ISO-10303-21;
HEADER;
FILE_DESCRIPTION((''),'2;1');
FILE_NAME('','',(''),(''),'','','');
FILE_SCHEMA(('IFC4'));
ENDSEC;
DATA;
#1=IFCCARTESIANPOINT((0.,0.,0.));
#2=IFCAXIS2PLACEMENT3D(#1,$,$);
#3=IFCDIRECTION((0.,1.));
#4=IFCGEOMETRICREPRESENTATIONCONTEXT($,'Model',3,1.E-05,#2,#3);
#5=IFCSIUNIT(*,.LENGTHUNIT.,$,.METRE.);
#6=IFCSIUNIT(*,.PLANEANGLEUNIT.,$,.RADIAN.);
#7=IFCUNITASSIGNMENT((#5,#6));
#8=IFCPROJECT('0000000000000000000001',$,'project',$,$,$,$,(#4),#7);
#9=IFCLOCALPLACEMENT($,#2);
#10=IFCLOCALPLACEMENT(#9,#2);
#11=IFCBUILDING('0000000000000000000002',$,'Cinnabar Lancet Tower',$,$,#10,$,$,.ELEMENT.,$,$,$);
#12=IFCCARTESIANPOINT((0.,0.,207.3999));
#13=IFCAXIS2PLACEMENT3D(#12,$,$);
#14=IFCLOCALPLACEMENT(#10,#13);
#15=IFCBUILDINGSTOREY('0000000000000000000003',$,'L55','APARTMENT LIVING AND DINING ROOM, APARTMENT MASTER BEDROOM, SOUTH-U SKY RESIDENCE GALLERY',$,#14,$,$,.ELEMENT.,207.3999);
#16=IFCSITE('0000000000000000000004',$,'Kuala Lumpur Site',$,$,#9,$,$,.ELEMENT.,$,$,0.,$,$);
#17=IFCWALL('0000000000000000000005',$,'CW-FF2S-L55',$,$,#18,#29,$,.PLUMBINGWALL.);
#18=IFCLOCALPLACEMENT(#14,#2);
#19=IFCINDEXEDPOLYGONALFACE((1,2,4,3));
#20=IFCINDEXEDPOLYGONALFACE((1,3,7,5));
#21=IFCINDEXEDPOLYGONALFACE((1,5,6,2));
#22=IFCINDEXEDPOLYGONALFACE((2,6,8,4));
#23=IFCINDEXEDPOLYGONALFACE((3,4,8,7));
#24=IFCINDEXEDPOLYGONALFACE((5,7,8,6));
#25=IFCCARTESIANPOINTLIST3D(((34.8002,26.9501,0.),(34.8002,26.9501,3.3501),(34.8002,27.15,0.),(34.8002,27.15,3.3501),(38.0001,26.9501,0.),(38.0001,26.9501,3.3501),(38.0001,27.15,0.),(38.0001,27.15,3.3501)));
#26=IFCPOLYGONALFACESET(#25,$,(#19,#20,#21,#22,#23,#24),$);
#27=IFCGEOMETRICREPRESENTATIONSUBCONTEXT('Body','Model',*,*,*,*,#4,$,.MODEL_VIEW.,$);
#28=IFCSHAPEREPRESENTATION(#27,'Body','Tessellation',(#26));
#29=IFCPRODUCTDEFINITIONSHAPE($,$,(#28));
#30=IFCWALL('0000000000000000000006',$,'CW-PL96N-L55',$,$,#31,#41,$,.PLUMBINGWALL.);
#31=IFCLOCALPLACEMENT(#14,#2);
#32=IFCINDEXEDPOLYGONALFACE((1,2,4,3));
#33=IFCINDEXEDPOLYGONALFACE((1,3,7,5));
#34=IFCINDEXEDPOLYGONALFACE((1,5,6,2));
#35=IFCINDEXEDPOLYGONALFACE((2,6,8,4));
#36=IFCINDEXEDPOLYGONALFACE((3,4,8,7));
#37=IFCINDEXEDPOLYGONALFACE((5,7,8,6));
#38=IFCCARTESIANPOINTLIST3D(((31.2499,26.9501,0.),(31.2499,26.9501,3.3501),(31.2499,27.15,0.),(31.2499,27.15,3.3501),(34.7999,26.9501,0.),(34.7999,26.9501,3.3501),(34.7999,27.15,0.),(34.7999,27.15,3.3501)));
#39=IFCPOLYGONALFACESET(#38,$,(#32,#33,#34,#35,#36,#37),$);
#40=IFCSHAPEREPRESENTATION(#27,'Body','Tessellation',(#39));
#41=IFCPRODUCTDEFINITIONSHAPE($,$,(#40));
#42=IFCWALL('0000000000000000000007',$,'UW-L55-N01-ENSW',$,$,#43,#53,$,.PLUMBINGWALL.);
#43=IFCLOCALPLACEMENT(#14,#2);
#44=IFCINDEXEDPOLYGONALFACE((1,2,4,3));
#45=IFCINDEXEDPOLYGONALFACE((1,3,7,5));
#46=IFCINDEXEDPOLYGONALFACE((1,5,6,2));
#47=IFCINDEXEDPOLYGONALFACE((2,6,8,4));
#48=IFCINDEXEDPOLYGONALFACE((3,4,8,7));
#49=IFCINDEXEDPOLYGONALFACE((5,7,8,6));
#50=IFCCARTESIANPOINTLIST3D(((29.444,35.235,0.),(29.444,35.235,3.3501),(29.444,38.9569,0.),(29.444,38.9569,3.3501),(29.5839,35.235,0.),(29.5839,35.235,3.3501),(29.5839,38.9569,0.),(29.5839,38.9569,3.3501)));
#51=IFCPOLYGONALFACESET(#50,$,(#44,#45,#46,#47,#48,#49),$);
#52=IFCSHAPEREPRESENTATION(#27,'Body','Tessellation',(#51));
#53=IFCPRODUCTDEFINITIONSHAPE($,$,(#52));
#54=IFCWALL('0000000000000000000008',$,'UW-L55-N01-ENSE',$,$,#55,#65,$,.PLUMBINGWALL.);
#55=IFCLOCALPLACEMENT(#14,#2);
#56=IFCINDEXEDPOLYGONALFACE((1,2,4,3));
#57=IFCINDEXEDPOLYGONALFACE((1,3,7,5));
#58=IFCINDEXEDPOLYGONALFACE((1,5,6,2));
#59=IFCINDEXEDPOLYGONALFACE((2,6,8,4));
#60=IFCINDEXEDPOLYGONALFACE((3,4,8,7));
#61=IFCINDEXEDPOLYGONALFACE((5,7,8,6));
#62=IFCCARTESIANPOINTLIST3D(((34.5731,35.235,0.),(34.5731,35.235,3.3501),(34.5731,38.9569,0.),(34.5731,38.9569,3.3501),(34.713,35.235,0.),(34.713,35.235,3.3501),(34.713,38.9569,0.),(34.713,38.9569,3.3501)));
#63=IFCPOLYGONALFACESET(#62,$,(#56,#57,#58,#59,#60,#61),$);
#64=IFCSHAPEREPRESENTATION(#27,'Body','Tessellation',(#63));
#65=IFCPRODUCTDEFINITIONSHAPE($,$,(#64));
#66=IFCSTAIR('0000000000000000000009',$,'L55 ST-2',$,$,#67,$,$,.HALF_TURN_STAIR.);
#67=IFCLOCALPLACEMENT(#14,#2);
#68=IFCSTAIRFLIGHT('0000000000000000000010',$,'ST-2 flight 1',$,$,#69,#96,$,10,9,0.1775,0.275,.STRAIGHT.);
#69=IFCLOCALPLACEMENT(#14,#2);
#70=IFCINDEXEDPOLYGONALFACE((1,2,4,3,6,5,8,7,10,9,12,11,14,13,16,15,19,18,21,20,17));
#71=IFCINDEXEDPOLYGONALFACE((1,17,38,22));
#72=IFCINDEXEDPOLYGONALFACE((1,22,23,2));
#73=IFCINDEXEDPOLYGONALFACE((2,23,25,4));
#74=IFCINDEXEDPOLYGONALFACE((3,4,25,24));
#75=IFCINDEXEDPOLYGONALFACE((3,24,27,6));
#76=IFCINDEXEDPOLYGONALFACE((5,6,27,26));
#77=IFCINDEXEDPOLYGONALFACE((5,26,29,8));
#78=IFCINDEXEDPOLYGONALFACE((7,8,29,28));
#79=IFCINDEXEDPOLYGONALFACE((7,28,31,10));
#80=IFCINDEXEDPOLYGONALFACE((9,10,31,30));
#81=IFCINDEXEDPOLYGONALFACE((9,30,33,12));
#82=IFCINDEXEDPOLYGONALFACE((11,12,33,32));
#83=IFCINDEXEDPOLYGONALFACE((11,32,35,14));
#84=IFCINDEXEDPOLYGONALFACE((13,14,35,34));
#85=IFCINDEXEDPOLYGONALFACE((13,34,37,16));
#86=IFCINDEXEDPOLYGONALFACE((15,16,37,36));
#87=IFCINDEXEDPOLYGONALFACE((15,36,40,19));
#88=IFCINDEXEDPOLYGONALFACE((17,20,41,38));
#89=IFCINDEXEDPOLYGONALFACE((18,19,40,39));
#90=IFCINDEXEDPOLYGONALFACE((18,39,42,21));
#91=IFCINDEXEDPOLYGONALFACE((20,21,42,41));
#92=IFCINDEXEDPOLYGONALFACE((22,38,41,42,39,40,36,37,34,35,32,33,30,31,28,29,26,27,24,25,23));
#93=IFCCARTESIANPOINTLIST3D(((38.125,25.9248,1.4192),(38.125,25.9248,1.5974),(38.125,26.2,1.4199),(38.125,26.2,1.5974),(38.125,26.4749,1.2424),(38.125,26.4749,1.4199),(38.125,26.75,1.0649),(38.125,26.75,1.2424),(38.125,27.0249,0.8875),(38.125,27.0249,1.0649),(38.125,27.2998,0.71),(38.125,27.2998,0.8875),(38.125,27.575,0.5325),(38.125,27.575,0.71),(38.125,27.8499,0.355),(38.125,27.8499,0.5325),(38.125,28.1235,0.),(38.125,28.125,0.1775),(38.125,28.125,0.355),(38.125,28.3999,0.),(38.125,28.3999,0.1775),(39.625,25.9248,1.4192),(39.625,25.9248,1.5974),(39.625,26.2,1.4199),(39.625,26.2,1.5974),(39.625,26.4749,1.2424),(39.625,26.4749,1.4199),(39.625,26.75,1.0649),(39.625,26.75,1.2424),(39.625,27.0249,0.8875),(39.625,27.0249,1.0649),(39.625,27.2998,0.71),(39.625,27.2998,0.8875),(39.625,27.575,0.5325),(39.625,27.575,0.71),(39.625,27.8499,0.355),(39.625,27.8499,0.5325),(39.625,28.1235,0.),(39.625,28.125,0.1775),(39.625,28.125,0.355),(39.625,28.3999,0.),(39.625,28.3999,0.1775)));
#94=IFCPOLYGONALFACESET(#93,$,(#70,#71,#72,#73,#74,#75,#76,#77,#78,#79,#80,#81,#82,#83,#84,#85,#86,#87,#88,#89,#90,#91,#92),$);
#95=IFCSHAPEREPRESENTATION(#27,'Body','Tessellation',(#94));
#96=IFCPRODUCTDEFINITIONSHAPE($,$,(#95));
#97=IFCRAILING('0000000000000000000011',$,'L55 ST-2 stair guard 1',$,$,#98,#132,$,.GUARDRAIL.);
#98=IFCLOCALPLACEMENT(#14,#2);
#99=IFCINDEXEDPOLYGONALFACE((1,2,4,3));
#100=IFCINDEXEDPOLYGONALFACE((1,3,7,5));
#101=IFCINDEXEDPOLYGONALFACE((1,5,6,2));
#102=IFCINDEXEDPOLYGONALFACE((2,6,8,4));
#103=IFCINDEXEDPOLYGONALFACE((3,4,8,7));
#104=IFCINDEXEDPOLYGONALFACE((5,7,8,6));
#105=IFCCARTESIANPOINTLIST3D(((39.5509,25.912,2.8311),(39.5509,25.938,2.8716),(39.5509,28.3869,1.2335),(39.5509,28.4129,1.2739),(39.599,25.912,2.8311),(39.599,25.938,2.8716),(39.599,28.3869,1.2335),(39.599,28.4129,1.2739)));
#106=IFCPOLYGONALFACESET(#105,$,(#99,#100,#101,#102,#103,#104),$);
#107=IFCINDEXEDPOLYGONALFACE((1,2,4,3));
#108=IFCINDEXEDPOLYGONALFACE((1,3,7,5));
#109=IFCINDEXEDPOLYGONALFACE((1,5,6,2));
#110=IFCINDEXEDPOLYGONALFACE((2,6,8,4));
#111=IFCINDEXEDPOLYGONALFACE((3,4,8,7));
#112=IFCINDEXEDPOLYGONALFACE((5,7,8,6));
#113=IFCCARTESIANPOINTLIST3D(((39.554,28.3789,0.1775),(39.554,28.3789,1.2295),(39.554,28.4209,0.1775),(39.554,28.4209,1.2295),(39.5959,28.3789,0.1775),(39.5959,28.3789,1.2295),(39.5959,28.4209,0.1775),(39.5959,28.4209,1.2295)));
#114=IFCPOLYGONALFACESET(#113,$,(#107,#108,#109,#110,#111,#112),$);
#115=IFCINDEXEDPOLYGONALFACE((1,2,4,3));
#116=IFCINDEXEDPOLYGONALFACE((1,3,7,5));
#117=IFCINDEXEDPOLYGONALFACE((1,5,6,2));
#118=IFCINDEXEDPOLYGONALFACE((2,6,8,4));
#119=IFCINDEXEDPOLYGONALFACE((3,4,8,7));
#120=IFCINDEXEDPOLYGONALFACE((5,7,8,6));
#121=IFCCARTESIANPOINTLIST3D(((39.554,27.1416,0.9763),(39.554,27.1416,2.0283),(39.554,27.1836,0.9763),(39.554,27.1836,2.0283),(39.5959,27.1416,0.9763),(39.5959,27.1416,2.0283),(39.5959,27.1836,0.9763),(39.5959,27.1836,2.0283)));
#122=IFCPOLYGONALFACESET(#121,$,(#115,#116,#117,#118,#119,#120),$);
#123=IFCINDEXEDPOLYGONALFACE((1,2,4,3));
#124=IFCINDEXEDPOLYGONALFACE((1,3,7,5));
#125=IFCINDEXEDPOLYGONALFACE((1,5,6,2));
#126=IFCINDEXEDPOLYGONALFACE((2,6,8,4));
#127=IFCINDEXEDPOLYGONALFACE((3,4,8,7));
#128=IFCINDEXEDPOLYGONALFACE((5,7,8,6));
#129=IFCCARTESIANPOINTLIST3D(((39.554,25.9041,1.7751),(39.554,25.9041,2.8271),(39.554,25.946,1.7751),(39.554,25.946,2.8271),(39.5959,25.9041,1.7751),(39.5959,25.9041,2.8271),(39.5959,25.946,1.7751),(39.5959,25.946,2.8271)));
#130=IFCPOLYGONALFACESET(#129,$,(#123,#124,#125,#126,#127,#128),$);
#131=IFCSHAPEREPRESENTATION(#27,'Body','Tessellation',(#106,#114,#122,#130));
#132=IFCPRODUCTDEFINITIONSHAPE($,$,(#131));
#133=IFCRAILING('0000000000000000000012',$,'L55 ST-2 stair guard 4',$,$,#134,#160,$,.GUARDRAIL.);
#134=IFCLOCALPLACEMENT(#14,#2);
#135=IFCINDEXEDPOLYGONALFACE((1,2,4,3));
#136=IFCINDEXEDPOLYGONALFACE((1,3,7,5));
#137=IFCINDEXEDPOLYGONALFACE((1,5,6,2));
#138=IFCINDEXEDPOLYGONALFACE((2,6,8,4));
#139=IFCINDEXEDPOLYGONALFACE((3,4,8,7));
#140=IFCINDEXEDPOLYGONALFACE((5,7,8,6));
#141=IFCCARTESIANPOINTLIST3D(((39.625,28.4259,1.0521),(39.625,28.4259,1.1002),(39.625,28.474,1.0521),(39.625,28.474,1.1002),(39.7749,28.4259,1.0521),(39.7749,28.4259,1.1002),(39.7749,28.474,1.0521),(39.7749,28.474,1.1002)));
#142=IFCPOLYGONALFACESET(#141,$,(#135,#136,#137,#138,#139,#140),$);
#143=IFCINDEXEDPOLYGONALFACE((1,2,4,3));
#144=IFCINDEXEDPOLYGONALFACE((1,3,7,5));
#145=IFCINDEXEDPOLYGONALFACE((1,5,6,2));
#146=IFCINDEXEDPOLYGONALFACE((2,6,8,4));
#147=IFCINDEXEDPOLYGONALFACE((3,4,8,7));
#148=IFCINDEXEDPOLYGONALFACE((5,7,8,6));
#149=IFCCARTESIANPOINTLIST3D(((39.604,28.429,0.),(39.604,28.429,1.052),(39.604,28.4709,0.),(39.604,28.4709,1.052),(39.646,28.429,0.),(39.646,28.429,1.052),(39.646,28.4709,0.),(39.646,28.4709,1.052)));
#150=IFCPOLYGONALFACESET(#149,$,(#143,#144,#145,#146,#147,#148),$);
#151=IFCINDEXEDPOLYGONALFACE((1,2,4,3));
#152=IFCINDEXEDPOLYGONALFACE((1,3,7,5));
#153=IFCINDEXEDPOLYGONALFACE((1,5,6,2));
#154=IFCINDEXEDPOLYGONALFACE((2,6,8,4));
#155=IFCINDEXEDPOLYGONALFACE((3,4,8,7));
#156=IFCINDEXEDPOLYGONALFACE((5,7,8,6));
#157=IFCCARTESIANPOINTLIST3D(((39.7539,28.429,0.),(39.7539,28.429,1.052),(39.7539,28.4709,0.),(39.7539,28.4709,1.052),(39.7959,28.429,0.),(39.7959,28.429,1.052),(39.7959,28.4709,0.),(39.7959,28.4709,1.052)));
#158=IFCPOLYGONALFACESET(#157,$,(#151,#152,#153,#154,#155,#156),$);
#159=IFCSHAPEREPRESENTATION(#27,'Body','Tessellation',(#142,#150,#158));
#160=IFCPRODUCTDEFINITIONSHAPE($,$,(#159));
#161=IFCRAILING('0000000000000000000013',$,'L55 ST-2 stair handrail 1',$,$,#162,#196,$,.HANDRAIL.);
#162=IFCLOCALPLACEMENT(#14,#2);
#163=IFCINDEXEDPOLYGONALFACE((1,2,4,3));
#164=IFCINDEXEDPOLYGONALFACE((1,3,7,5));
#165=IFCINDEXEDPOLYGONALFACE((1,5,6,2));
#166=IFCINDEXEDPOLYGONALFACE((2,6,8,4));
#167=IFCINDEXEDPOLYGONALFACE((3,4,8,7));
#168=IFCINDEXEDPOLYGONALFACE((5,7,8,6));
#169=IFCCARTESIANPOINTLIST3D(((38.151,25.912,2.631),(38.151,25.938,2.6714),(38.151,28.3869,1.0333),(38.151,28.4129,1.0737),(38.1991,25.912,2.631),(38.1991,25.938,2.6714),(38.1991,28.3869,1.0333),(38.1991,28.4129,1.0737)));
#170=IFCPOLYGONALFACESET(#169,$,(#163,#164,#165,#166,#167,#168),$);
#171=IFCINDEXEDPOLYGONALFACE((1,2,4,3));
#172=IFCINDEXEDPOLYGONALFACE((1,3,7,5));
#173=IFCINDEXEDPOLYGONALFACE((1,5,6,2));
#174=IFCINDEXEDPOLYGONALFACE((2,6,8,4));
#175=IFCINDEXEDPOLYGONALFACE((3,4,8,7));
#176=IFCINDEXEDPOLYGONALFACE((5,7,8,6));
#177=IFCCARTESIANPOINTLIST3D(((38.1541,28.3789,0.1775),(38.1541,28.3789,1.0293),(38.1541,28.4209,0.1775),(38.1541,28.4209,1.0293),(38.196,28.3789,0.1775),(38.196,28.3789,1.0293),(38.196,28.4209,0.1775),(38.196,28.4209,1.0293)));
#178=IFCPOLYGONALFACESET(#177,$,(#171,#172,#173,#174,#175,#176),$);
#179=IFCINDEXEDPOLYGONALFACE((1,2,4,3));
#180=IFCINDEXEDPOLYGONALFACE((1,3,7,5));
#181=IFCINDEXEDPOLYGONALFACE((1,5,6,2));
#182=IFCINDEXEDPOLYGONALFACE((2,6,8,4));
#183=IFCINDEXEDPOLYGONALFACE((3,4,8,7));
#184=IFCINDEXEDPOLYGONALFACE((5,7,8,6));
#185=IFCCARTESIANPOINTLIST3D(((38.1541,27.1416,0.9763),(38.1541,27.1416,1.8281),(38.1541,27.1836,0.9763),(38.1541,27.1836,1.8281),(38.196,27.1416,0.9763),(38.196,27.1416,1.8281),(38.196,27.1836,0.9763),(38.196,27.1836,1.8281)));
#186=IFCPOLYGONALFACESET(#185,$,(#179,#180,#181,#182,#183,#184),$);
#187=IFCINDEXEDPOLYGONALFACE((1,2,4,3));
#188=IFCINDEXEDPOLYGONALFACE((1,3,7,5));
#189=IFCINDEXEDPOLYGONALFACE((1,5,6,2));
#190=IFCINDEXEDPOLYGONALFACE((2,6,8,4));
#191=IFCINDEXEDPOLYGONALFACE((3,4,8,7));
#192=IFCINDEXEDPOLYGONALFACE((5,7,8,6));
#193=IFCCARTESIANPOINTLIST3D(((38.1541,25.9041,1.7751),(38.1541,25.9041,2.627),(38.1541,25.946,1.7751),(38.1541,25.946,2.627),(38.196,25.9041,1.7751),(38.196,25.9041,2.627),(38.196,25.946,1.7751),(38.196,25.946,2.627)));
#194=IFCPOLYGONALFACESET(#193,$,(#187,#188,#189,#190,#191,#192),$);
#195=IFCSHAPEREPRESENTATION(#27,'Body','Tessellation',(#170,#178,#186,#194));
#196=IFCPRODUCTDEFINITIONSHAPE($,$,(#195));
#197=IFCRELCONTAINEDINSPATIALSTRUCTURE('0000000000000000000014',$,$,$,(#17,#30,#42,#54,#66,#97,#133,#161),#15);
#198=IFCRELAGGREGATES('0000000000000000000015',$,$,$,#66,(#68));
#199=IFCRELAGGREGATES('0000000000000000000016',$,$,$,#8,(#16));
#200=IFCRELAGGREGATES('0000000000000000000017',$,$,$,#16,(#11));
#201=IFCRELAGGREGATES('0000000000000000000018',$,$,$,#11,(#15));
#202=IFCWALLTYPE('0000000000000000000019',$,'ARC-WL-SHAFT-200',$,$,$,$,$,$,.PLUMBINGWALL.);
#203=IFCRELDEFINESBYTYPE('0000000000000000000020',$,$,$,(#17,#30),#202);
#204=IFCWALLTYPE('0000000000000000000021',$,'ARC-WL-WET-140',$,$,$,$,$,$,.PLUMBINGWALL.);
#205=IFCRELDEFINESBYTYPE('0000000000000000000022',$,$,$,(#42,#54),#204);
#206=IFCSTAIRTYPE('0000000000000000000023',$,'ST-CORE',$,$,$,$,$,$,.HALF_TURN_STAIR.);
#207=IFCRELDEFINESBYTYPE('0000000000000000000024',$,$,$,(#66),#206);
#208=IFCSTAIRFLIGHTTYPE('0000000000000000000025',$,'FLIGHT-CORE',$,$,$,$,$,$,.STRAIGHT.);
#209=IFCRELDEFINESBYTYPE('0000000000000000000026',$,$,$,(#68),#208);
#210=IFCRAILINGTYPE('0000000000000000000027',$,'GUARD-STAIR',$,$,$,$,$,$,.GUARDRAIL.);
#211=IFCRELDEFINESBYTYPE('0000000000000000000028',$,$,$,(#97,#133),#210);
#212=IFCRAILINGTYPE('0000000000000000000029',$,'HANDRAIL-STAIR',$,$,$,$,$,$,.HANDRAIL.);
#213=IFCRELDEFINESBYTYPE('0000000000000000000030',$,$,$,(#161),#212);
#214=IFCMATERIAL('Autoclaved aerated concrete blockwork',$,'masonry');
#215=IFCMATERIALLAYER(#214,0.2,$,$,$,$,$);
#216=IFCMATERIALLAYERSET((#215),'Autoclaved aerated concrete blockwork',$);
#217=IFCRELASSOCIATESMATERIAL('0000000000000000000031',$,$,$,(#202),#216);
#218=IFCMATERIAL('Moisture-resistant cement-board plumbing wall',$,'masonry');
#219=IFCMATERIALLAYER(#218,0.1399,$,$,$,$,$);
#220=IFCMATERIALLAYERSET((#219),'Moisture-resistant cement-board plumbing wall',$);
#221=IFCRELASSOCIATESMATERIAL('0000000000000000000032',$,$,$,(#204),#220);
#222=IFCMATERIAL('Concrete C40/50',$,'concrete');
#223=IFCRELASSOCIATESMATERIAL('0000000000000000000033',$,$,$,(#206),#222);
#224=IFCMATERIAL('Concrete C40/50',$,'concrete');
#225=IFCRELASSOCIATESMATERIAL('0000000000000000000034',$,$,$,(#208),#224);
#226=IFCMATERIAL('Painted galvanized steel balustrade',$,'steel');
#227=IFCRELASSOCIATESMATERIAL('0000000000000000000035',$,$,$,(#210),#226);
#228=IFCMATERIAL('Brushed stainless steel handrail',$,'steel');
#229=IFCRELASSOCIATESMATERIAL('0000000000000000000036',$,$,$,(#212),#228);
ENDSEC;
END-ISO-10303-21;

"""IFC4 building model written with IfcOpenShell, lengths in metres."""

from ifc_helpers import new_model, si_unit, direction, frame, frame_2d, origin, origin_2d, place, context, subcontext, project, spatial, polyline, rectangle, outline, extrude, material, layer, layer_set, type_object, element, aggregate, save


model = new_model("IFC4")

# Units and contexts
model_context = context("Model", 3, precision=1e-05, world=origin(), true_north=direction((0.0, 1.0)))
body_context = subcontext(model_context, "Body", "Model", "MODEL_VIEW")
ifc_project = project(units=[si_unit("LENGTHUNIT", "METRE"), si_unit("PLANEANGLEUNIT", "RADIAN")], contexts=[model_context])

# Site, building, storey
site_placement = place(None, origin())
site = spatial("IfcSite", under=ifc_project, at=site_placement, Name="Kuala Lumpur Site", CompositionType="ELEMENT", RefElevation=0.0)
building_placement = place(site_placement, origin())
building = spatial("IfcBuilding", under=site, at=building_placement, Name="Cinnabar Lancet Tower", CompositionType="ELEMENT")
storey_placement = place(building_placement, frame((0.0, 0.0, 207.3999)))
storey = spatial("IfcBuildingStorey", under=building, at=storey_placement, Name="L55", Description="APARTMENT LIVING AND DINING ROOM, APARTMENT MASTER BEDROOM, SOUTH-U SKY RESIDENCE GALLERY", CompositionType="ELEMENT", Elevation=207.3999)

# Shared definitions
ifc_material_1 = material(Name="Autoclaved aerated concrete blockwork", Category="masonry")
ifc_layer_1 = layer(ifc_material_1, 0.2)
ifc_layer_set_1 = layer_set([ifc_layer_1], Name="Autoclaved aerated concrete blockwork")
wall_type_1 = type_object("IfcWallType", Name="ARC-WL-SHAFT-200", PredefinedType="PLUMBINGWALL", material=ifc_layer_set_1)

# Walls
wall_1_placement = place(storey_placement, frame((34.8, 27.05, 0.0), z_axis=(0.0, 0.0, 1.0), x_axis=(1.0, 0.0, 0.0)))
element("IfcWall", 1, at=wall_1_placement, inside=storey, type_object=wall_type_1, Name="CW-FF2S-L55", PredefinedType="PLUMBINGWALL", context=body_context, shape_type="SweptSolid", body=[
    extrude(rectangle(XDim=3.2, YDim=0.2, at=frame_2d((1.6001, 0.0))), origin(), (0.0, 0.0, 1.0), 3.3501),
])
wall_2_placement = place(storey_placement, frame((31.25, 27.05, 0.0), z_axis=(0.0, 0.0, 1.0), x_axis=(1.0, 0.0, 0.0)))
element("IfcWall", 2, at=wall_2_placement, inside=storey, type_object=wall_type_1, Name="CW-PL96N-L55", PredefinedType="PLUMBINGWALL", context=body_context, shape_type="SweptSolid", body=[
    extrude(rectangle(XDim=3.55, YDim=0.2, at=frame_2d((1.7749, 0.0))), origin(), (0.0, 0.0, 1.0), 3.3501),
])
ifc_material_2 = material(Name="Moisture-resistant cement-board plumbing wall", Category="masonry")
ifc_layer_2 = layer(ifc_material_2, 0.1399)
ifc_layer_set_2 = layer_set([ifc_layer_2], Name="Moisture-resistant cement-board plumbing wall")
wall_type_2 = type_object("IfcWallType", Name="ARC-WL-WET-140", PredefinedType="PLUMBINGWALL", material=ifc_layer_set_2)
for number, where, z_axis, x_axis, name in (
    (3, (29.5139, 35.2351, 0.0), (0.0, 0.0, 1.0), (0.0, 1.0, 0.0), "UW-L55-N01-ENSW"),
    (4, (34.6431, 35.2351, 0.0), (0.0, 0.0, 1.0), (0.0, 1.0, 0.0), "UW-L55-N01-ENSE"),
):
    element("IfcWall", number, at=place(storey_placement, frame(where, z_axis=z_axis, x_axis=x_axis)), inside=storey, type_object=wall_type_2, Name=name, PredefinedType="PLUMBINGWALL", context=body_context, shape_type="SweptSolid", body=[
        extrude(rectangle(XDim=3.7219, YDim=0.1399, at=frame_2d((1.8608, 0.0))), origin(), (0.0, 0.0, 1.0), 3.3501),
    ])

# Stair, stair flight
ifc_material_3 = material(Name="Concrete C40/50", Category="concrete")
stair_type = type_object("IfcStairType", Name="ST-CORE", PredefinedType="HALF_TURN_STAIR", material=ifc_material_3)
stair_placement = place(storey_placement, origin())
stair = element("IfcStair", 5, at=stair_placement, inside=storey, type_object=stair_type, Name="L55 ST-2", PredefinedType="HALF_TURN_STAIR")
ifc_material_4 = material(Name="Concrete C40/50", Category="concrete")
stair_flight_type = type_object("IfcStairFlightType", Name="FLIGHT-CORE", PredefinedType="STRAIGHT", material=ifc_material_4)
stair_flight_placement = place(storey_placement, frame((38.875, 28.3999, 0.0), z_axis=(0.0, 0.0, 1.0), x_axis=(0.0, -1.0, 0.0)))
stair_flight = element("IfcStairFlight", 6, at=stair_flight_placement, type_object=stair_flight_type, Name="ST-2 flight 1", NumberOfRisers=10, NumberOfTreads=9, PredefinedType="STRAIGHT", RiserHeight=0.1775, TreadLength=0.275, context=body_context, shape_type="SweptSolid", body=[
    extrude(outline(polyline([(0.0, 0.0), (0.0, 0.1775), (0.2749, 0.1775), (0.2749, 0.355), (0.55, 0.355), (0.55, 0.5325), (0.825, 0.5325), (0.825, 0.71), (1.1001, 0.71), (1.1001, 0.8875), (1.375, 0.8875), (1.375, 1.0649), (1.6499, 1.0649), (1.6499, 1.2424), (1.925, 1.2424), (1.925, 1.4199), (2.2, 1.4199), (2.2, 1.5974), (2.4751, 1.5974), (2.4751, 1.7749), (2.4751, 1.4192), (0.2764, 0.0), (0.0, 0.0)])), frame((0.0, 0.75, 0.0), z_axis=(0.0, -1.0, 0.0), x_axis=(1.0, 0.0, 0.0)), (0.0, 0.0, 1.0), 1.5),
])
aggregate(stair, [stair_flight])

# Railings
ifc_material_5 = material(Name="Painted galvanized steel balustrade", Category="steel")
railing_type_1 = type_object("IfcRailingType", Name="GUARD-STAIR", PredefinedType="GUARDRAIL", material=ifc_material_5)
railing_1_placement = place(storey_placement, frame((39.575, 28.3999, 0.1775)))
element("IfcRailing", 7, at=railing_1_placement, inside=storey, type_object=railing_type_1, Name="L55 ST-2 stair guard 1", PredefinedType="GUARDRAIL", context=body_context, shape_type="SweptSolid", body=[
    extrude(rectangle(XDim=0.0481, YDim=0.0481, at=origin_2d()), frame((0.0, 0.0, 1.0762), z_axis=(0.0, -0.840146, 0.542361), x_axis=(1.0, 0.0, 0.0)), (0.0, 0.0, 1.0), 2.9458),
    extrude(rectangle(XDim=0.042, YDim=0.042, at=origin_2d()), origin(), (0.0, 0.0, 1.0), 1.052),
    extrude(rectangle(XDim=0.042, YDim=0.042, at=origin_2d()), frame((0.0, -1.2373, 0.7988)), (0.0, 0.0, 1.0), 1.052),
    extrude(rectangle(XDim=0.042, YDim=0.042, at=origin_2d()), frame((0.0, -2.4749, 1.5977)), (0.0, 0.0, 1.0), 1.052),
])
railing_2_placement = place(storey_placement, frame((39.625, 28.45, 0.0)))
element("IfcRailing", 8, at=railing_2_placement, inside=storey, type_object=railing_type_1, Name="L55 ST-2 stair guard 4", PredefinedType="GUARDRAIL", context=body_context, shape_type="SweptSolid", body=[
    extrude(rectangle(XDim=0.0481, YDim=0.0481, at=origin_2d()), frame((0.0, 0.0, 1.0762), z_axis=(1.0, 0.0, 0.0), x_axis=(0.0, 1.0, 0.0)), (0.0, 0.0, 1.0), 0.1499),
    extrude(rectangle(XDim=0.042, YDim=0.042, at=origin_2d()), origin(), (0.0, 0.0, 1.0), 1.052),
    extrude(rectangle(XDim=0.042, YDim=0.042, at=origin_2d()), frame((0.1499, 0.0, 0.0)), (0.0, 0.0, 1.0), 1.052),
])
ifc_material_6 = material(Name="Brushed stainless steel handrail", Category="steel")
railing_type_2 = type_object("IfcRailingType", Name="HANDRAIL-STAIR", PredefinedType="HANDRAIL", material=ifc_material_6)
railing_3_placement = place(storey_placement, frame((38.175, 28.3999, 0.1775)))
element("IfcRailing", 9, at=railing_3_placement, inside=storey, type_object=railing_type_2, Name="L55 ST-2 stair handrail 1", PredefinedType="HANDRAIL", context=body_context, shape_type="SweptSolid", body=[
    extrude(rectangle(XDim=0.0481, YDim=0.0481, at=origin_2d()), frame((0.0, 0.0, 0.876), z_axis=(0.0, -0.840146, 0.542361), x_axis=(1.0, 0.0, 0.0)), (0.0, 0.0, 1.0), 2.9458),
    extrude(rectangle(XDim=0.042, YDim=0.042, at=origin_2d()), origin(), (0.0, 0.0, 1.0), 0.8518),
    extrude(rectangle(XDim=0.042, YDim=0.042, at=origin_2d()), frame((0.0, -1.2373, 0.7988)), (0.0, 0.0, 1.0), 0.8518),
    extrude(rectangle(XDim=0.042, YDim=0.042, at=origin_2d()), frame((0.0, -2.4749, 1.5977)), (0.0, 0.0, 1.0), 0.8518),
])

save(model, "model.ifc")
